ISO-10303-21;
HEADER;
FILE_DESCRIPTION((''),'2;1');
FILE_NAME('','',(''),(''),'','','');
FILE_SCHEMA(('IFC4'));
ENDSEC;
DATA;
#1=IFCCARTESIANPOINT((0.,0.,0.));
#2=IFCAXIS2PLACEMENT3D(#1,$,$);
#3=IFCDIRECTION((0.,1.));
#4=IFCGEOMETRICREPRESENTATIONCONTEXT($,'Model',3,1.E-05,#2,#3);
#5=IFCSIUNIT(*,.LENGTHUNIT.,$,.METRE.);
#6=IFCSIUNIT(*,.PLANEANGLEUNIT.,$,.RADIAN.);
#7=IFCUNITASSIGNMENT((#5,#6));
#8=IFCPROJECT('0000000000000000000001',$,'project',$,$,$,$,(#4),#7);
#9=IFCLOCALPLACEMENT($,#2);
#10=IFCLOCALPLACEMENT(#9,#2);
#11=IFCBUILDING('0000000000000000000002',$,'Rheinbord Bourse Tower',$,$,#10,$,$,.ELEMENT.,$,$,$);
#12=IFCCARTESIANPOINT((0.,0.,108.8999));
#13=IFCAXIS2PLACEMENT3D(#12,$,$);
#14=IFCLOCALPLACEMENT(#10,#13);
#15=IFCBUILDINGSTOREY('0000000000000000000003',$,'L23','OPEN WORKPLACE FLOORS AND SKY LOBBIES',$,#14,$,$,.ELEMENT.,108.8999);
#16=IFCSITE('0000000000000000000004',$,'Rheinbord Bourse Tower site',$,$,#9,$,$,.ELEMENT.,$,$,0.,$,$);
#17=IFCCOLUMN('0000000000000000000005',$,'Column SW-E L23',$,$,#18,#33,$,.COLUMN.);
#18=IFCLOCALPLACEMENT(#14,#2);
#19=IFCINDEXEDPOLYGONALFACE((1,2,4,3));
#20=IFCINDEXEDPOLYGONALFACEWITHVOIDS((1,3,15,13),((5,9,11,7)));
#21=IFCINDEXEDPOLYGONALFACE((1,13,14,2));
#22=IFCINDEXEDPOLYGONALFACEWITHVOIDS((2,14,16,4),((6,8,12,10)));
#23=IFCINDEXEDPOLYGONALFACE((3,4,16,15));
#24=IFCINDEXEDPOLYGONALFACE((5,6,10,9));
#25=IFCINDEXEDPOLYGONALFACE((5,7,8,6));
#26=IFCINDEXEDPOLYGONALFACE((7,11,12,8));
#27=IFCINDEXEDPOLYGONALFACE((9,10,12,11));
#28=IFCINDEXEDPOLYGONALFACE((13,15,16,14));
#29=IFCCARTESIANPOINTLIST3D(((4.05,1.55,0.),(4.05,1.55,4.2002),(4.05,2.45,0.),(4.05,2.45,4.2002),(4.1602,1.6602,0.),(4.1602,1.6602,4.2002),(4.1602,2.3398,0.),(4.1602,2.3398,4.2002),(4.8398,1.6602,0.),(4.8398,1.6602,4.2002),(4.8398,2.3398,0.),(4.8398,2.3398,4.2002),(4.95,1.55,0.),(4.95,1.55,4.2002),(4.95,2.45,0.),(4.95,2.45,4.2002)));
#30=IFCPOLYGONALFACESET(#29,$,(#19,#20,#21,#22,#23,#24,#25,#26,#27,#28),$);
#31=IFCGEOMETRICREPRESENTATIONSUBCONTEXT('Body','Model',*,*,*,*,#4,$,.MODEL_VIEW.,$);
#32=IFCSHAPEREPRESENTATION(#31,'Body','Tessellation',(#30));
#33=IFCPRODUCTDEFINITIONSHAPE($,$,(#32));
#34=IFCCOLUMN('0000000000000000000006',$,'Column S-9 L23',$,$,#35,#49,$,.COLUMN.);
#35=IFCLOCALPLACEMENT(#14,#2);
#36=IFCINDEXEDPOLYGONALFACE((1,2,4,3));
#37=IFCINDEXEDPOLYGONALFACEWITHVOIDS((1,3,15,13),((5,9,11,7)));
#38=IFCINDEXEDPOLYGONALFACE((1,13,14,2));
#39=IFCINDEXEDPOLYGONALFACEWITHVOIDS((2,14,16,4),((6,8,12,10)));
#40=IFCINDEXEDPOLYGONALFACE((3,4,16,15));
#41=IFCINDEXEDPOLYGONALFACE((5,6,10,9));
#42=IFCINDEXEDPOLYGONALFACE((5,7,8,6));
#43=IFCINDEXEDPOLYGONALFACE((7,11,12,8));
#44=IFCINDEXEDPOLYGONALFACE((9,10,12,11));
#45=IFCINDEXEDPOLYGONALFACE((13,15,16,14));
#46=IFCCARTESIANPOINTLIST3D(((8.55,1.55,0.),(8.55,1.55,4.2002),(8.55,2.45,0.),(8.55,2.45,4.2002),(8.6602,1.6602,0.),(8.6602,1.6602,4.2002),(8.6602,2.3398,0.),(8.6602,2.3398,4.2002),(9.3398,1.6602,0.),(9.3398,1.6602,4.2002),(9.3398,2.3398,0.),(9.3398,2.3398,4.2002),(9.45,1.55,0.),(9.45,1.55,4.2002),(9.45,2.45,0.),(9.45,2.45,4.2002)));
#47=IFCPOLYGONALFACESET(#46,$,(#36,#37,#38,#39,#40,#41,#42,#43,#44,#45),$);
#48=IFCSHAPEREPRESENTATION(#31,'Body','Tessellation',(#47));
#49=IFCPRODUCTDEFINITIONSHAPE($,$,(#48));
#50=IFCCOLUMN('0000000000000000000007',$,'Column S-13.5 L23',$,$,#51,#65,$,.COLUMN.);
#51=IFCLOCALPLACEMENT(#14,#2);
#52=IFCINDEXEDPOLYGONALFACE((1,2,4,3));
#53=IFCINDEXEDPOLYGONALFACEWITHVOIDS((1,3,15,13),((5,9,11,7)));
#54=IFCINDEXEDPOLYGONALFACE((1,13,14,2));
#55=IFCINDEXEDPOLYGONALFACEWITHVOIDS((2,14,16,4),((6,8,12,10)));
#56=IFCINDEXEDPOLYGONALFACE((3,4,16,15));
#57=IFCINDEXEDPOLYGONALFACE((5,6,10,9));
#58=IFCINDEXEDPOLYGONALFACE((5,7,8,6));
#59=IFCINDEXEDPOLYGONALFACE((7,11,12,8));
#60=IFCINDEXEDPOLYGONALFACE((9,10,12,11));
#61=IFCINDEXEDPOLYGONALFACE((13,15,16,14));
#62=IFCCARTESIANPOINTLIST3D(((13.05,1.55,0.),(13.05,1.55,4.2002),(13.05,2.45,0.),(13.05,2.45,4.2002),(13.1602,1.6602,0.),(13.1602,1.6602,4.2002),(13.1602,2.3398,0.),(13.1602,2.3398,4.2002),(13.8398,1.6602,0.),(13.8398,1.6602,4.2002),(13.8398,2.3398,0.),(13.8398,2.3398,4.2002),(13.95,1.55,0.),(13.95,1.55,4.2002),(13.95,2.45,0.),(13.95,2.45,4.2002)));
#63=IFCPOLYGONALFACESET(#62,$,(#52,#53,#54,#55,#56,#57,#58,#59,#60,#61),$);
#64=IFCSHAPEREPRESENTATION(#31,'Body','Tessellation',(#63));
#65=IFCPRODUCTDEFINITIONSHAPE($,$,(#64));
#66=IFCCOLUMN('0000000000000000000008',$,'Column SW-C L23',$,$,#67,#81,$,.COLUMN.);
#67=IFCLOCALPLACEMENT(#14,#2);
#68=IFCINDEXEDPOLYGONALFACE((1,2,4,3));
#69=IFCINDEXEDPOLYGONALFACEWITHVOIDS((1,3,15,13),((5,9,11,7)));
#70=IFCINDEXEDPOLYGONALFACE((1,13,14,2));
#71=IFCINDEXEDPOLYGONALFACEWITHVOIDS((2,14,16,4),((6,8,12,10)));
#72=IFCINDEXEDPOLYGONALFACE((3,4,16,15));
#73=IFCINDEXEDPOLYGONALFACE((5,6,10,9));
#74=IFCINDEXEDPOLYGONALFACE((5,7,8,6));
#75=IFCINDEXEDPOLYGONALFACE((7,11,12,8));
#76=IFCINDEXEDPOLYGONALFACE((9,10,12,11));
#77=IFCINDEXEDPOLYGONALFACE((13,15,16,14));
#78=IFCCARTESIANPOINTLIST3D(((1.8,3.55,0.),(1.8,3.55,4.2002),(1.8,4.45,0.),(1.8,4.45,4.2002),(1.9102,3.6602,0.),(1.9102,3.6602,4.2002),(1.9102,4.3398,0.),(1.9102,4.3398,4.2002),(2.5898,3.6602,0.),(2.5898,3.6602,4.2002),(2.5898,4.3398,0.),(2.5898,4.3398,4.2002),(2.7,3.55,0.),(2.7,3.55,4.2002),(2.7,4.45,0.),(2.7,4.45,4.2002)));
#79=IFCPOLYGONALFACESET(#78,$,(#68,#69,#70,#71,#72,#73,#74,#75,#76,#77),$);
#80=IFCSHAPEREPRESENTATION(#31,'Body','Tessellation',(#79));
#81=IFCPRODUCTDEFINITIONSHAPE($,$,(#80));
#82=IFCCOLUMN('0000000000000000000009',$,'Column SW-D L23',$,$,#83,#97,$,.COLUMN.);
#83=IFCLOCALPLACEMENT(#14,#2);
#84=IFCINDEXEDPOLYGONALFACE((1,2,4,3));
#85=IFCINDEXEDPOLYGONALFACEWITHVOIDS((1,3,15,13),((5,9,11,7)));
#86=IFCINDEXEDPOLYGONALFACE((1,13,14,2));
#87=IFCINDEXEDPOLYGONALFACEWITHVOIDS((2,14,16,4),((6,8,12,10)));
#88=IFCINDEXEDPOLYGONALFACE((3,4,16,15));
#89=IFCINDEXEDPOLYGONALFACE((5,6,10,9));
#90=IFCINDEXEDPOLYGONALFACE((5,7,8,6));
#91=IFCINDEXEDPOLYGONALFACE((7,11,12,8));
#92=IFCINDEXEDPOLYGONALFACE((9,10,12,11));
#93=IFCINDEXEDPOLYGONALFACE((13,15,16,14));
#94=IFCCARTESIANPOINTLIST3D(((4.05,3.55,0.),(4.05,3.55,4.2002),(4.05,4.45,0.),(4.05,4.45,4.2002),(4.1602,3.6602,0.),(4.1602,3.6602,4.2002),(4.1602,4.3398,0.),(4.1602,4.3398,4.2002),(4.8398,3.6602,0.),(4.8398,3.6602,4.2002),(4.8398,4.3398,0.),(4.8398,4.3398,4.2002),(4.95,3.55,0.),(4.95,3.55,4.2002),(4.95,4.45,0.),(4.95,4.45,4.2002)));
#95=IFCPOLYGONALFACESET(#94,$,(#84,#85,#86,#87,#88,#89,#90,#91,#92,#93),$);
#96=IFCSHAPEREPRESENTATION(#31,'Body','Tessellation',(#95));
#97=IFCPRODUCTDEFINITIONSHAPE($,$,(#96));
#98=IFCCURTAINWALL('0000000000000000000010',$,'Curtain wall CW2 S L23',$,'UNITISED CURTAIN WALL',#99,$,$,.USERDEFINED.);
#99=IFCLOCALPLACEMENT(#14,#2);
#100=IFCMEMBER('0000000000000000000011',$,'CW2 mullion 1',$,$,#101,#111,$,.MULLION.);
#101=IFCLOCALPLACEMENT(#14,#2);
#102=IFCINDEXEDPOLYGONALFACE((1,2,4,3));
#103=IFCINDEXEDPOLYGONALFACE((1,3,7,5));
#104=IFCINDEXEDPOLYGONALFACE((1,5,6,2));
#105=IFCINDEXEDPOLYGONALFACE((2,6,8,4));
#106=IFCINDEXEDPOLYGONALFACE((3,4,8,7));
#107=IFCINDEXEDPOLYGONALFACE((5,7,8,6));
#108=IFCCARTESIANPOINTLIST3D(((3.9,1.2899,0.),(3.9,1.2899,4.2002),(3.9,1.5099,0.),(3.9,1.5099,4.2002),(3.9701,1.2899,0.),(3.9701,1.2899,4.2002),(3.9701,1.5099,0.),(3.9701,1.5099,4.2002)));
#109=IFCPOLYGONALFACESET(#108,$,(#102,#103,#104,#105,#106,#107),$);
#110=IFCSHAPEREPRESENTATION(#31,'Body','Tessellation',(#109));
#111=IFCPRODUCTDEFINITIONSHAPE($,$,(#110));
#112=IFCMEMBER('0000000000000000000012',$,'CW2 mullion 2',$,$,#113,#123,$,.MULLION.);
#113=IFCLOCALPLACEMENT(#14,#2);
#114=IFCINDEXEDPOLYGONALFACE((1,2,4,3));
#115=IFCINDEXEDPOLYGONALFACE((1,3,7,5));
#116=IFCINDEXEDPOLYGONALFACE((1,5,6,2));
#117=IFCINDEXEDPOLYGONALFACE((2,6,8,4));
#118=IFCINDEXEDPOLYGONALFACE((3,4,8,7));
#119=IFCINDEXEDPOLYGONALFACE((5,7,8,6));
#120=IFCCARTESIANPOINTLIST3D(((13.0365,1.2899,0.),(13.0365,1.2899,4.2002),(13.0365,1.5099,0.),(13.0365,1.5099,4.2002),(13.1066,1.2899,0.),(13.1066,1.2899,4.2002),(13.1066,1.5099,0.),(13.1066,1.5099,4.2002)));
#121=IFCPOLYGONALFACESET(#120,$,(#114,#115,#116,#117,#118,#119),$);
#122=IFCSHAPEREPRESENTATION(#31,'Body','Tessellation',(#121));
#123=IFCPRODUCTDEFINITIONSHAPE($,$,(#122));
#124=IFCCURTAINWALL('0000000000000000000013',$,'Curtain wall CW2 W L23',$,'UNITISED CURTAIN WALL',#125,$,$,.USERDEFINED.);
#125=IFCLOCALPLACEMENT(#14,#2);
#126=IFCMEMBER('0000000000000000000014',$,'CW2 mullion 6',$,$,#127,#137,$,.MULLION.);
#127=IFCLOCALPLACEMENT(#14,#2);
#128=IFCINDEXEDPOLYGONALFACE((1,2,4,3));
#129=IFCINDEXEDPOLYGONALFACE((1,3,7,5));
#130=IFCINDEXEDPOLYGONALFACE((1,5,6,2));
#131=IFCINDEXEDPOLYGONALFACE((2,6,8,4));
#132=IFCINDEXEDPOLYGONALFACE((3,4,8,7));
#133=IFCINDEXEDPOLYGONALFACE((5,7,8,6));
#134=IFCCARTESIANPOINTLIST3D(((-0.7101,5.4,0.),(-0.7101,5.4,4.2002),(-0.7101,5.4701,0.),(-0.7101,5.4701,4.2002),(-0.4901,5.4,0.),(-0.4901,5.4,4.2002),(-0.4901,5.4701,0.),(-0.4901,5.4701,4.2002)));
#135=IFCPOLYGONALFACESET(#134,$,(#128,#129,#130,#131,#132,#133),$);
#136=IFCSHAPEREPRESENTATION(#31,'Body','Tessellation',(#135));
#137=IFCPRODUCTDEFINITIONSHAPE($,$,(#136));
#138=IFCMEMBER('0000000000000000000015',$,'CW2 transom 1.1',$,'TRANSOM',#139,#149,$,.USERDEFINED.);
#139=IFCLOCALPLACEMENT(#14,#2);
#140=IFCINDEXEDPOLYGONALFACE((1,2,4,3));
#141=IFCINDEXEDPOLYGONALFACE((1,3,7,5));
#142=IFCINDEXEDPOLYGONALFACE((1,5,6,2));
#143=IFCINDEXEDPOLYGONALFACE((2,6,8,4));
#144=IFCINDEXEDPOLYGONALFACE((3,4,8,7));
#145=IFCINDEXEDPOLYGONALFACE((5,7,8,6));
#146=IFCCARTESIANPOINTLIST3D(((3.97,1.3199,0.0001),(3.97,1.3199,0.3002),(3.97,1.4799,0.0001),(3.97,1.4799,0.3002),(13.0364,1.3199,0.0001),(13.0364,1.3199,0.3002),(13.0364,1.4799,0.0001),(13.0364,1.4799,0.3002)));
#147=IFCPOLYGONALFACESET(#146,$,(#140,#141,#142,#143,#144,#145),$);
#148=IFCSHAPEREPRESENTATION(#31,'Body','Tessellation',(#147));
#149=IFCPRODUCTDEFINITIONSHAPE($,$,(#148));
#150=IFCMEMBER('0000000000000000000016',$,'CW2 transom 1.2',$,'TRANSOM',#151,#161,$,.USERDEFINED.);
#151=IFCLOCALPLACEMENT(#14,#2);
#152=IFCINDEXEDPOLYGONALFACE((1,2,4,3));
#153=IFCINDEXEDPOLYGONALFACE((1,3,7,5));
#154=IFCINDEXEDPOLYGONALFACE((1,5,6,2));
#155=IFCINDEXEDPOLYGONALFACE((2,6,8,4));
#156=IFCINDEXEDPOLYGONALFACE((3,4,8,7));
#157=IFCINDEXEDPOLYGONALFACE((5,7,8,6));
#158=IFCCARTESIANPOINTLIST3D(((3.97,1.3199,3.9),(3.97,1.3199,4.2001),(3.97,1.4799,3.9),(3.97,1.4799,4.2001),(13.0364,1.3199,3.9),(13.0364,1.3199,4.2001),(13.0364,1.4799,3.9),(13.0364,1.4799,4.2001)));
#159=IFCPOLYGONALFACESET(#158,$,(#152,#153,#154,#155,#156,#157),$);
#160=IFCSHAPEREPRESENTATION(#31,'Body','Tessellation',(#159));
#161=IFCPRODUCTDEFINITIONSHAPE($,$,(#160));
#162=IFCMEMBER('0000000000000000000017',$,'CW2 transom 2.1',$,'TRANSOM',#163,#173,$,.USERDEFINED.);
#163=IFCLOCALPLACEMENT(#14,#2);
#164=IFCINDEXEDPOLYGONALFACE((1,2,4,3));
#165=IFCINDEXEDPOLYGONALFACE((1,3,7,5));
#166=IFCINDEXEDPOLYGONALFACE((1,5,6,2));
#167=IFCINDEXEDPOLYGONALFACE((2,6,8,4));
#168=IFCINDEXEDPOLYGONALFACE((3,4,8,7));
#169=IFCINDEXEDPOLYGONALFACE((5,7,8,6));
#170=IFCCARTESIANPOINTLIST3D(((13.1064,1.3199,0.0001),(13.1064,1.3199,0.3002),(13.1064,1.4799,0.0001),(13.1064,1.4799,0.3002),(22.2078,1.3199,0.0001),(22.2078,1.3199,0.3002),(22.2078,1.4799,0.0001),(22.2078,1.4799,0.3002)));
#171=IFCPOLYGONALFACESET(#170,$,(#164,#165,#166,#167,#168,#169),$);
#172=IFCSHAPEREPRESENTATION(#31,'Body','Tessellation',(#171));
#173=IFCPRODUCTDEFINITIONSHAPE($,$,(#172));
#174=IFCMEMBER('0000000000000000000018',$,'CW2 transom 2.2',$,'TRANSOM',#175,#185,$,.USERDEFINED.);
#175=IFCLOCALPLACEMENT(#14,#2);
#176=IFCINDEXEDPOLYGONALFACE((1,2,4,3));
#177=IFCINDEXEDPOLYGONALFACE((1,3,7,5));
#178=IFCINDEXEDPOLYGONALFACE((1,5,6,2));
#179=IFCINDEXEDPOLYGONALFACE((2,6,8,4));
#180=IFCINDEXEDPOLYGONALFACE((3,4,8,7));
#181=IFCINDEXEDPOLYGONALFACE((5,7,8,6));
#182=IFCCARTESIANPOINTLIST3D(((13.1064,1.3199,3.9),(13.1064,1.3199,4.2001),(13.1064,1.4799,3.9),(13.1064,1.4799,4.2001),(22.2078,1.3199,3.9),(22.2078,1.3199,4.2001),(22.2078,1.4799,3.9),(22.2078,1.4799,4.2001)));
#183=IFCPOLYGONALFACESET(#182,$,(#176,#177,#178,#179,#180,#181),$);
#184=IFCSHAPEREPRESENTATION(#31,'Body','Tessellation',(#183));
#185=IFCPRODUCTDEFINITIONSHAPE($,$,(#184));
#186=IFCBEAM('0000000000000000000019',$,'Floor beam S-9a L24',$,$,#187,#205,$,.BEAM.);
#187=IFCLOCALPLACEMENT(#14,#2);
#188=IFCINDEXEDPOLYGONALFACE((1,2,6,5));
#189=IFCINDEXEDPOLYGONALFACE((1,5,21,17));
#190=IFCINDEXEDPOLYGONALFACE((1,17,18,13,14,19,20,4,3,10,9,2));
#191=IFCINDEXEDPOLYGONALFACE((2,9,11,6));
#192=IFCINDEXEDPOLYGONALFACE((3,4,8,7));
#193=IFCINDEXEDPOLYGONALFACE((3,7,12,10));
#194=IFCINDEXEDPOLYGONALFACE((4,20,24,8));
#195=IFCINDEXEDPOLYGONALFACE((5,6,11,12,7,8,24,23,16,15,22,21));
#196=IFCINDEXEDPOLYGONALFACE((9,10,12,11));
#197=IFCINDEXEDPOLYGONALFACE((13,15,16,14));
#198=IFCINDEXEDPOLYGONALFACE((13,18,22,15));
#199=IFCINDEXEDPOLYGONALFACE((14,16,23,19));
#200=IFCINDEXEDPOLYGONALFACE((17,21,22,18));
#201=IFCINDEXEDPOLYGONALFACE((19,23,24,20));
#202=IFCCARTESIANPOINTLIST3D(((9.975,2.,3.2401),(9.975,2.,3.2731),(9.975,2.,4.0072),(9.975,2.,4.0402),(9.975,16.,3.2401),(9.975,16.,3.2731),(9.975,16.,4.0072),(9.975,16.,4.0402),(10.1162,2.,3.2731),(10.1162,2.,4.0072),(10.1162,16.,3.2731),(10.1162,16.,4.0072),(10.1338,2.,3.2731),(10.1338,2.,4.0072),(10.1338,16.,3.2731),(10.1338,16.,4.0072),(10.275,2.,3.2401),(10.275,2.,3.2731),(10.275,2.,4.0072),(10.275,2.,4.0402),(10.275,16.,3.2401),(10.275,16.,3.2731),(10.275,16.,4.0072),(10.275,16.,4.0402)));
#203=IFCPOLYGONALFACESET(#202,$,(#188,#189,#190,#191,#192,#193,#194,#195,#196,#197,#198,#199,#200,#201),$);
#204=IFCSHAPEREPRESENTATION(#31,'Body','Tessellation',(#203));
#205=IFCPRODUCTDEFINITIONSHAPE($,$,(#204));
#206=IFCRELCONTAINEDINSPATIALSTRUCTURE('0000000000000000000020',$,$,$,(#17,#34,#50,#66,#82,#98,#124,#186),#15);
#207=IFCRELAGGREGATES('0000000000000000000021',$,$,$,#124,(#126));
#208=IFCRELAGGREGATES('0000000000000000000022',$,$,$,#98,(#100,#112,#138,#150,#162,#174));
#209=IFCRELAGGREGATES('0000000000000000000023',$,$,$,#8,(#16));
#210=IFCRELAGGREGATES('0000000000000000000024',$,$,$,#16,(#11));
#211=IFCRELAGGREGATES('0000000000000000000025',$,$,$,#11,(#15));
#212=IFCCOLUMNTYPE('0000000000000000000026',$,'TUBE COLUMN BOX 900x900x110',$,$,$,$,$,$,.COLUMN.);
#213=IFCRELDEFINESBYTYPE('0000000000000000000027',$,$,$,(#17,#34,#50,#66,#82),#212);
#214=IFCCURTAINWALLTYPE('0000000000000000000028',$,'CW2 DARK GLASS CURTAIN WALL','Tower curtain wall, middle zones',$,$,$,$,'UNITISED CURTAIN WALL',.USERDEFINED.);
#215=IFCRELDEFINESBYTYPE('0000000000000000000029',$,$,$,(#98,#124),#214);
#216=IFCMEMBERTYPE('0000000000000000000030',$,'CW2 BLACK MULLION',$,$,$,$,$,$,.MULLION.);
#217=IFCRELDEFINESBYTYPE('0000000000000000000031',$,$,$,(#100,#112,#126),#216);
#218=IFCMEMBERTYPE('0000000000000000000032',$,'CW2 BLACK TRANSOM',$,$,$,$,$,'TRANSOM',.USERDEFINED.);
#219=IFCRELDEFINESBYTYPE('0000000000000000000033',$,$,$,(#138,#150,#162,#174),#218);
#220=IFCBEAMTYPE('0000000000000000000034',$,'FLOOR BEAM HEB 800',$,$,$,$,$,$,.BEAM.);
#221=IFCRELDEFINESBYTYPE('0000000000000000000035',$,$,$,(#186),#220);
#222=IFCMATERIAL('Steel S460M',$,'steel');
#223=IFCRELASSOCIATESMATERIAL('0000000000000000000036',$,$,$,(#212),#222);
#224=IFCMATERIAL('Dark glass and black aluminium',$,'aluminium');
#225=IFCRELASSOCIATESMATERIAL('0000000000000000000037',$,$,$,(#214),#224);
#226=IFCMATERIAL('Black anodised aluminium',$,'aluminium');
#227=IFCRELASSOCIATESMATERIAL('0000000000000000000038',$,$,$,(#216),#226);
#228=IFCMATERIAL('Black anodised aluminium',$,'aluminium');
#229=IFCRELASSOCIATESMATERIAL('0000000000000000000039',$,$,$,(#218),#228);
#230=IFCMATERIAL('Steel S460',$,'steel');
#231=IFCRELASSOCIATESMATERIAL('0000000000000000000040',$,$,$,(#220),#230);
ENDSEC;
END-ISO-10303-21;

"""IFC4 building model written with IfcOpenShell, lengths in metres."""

from ifc_helpers import new_model, si_unit, direction, frame, origin, origin_2d, place, context, subcontext, project, spatial, rectangle, hollow_rectangle, i_section, extrude, material, material_profile, profile_set, type_object, element, aggregate, save


model = new_model("IFC4")

# Units and contexts
model_context = context("Model", 3, precision=1e-05, world=origin(), true_north=direction((0.0, 1.0)))
body_context = subcontext(model_context, "Body", "Model", "MODEL_VIEW")
ifc_project = project(units=[si_unit("LENGTHUNIT", "METRE"), si_unit("PLANEANGLEUNIT", "RADIAN")], contexts=[model_context])

# Site, building, storey
site_placement = place(None, origin())
site = spatial("IfcSite", under=ifc_project, at=site_placement, Name="Rheinbord Bourse Tower site", CompositionType="ELEMENT", RefElevation=0.0)
building_placement = place(site_placement, origin())
building = spatial("IfcBuilding", under=site, at=building_placement, Name="Rheinbord Bourse Tower", CompositionType="ELEMENT")
storey_placement = place(building_placement, frame((0.0, 0.0, 108.8999)))
storey = spatial("IfcBuildingStorey", under=building, at=storey_placement, Name="L23", Description="OPEN WORKPLACE FLOORS AND SKY LOBBIES", CompositionType="ELEMENT", Elevation=108.8999)

# Columns
ifc_material_1 = material(Name="Steel S460M", Category="steel")
ifc_material_profile_1 = material_profile(ifc_material_1, hollow_rectangle(XDim=0.8999, YDim=0.8999, WallThickness=0.1101, at=origin_2d()), Name="BOX 900x900x110")
ifc_profile_set_1 = profile_set([ifc_material_profile_1], Name="Steel S460M")
column_type = type_object("IfcColumnType", Name="TUBE COLUMN BOX 900x900x110", PredefinedType="COLUMN", material=ifc_profile_set_1)
for number, where, z_axis, x_axis, name in (
    (1, (4.5, 2.0, 0.0), (0.0, 0.0, 1.0), (0.0, 1.0, 0.0), "Column SW-E L23"),
    (2, (9.0, 2.0, 0.0), (0.0, 0.0, 1.0), (0.0, 1.0, 0.0), "Column S-9 L23"),
    (3, (13.5, 2.0, 0.0), (0.0, 0.0, 1.0), (0.0, 1.0, 0.0), "Column S-13.5 L23"),
    (4, (2.25, 4.0, 0.0), (0.0, 0.0, 1.0), (1.0, 0.0, 0.0), "Column SW-C L23"),
    (5, (4.5, 4.0, 0.0), (0.0, 0.0, 1.0), (0.0, 1.0, 0.0), "Column SW-D L23"),
):
    element("IfcColumn", number, at=place(storey_placement, frame(where, z_axis=z_axis, x_axis=x_axis)), inside=storey, type_object=column_type, Name=name, PredefinedType="COLUMN", context=body_context, shape_type="SweptSolid", body=[
        extrude(hollow_rectangle(XDim=0.8999, YDim=0.8999, WallThickness=0.1101, at=origin_2d()), origin(), (0.0, 0.0, 1.0), 4.2002),
    ])

# Curtain wall, members
ifc_material_2 = material(Name="Dark glass and black aluminium", Category="aluminium")
curtain_wall_type = type_object("IfcCurtainWallType", Name="CW2 DARK GLASS CURTAIN WALL", Description="Tower curtain wall, middle zones", ElementType="UNITISED CURTAIN WALL", PredefinedType="USERDEFINED", material=ifc_material_2)
curtain_wall_1_placement = place(storey_placement, origin())
curtain_wall_1 = element("IfcCurtainWall", 6, at=curtain_wall_1_placement, inside=storey, type_object=curtain_wall_type, Name="Curtain wall CW2 S L23", ObjectType="UNITISED CURTAIN WALL", PredefinedType="USERDEFINED")
ifc_material_3 = material(Name="Black anodised aluminium", Category="aluminium")
ifc_material_profile_2 = material_profile(ifc_material_3, rectangle(XDim=0.22, YDim=0.0701, at=origin_2d()), Name="CW2 MULLION 70x220")
ifc_profile_set_2 = profile_set([ifc_material_profile_2], Name="Black anodised aluminium")
member_type_1 = type_object("IfcMemberType", Name="CW2 BLACK MULLION", PredefinedType="MULLION", material=ifc_profile_set_2)
member_1_placement = place(storey_placement, frame((3.9351, 1.3999, 0.0), z_axis=(0.0, 0.0, 1.0), x_axis=(0.0, 1.0, 0.0)))
member_1 = element("IfcMember", 7, at=member_1_placement, type_object=member_type_1, Name="CW2 mullion 1", PredefinedType="MULLION", context=body_context, shape_type="SweptSolid", body=[
    extrude(rectangle(XDim=0.22, YDim=0.0701, at=origin_2d()), origin(), (0.0, 0.0, 1.0), 4.2002),
])
member_2_placement = place(storey_placement, frame((13.0715, 1.3999, 0.0), z_axis=(0.0, 0.0, 1.0), x_axis=(0.0, 1.0, 0.0)))
member_2 = element("IfcMember", 8, at=member_2_placement, type_object=member_type_1, Name="CW2 mullion 2", PredefinedType="MULLION", context=body_context, shape_type="SweptSolid", body=[
    extrude(rectangle(XDim=0.22, YDim=0.0701, at=origin_2d()), origin(), (0.0, 0.0, 1.0), 4.2002),
])

# Curtain wall, member
curtain_wall_2_placement = place(storey_placement, origin())
curtain_wall_2 = element("IfcCurtainWall", 9, at=curtain_wall_2_placement, inside=storey, type_object=curtain_wall_type, Name="Curtain wall CW2 W L23", ObjectType="UNITISED CURTAIN WALL", PredefinedType="USERDEFINED")
member_3_placement = place(storey_placement, frame((-0.6001, 5.4351, 0.0), z_axis=(0.0, 0.0, 1.0), x_axis=(1.0, 0.0, 0.0)))
member_3 = element("IfcMember", 10, at=member_3_placement, type_object=member_type_1, Name="CW2 mullion 6", PredefinedType="MULLION", context=body_context, shape_type="SweptSolid", body=[
    extrude(rectangle(XDim=0.22, YDim=0.0701, at=origin_2d()), origin(), (0.0, 0.0, 1.0), 4.2002),
])
aggregate(curtain_wall_2, [member_3])

# Members
ifc_material_4 = material(Name="Black anodised aluminium", Category="aluminium")
ifc_material_profile_3 = material_profile(ifc_material_4, rectangle(XDim=0.1599, YDim=0.3, at=origin_2d()), Name="CW2 TRANSOM 300x160")
ifc_profile_set_3 = profile_set([ifc_material_profile_3], Name="Black anodised aluminium")
member_type_2 = type_object("IfcMemberType", Name="CW2 BLACK TRANSOM", ElementType="TRANSOM", PredefinedType="USERDEFINED", material=ifc_profile_set_3)
member_4_placement = place(storey_placement, frame((3.97, 1.3999, 0.1501), z_axis=(1.0, 0.0, 0.0), x_axis=(0.0, 1.0, 0.0)))
member_4 = element("IfcMember", 11, at=member_4_placement, type_object=member_type_2, Name="CW2 transom 1.1", ObjectType="TRANSOM", PredefinedType="USERDEFINED", context=body_context, shape_type="SweptSolid", body=[
    extrude(rectangle(XDim=0.1599, YDim=0.3, at=origin_2d()), origin(), (0.0, 0.0, 1.0), 9.0664),
])
member_5_placement = place(storey_placement, frame((3.97, 1.3999, 4.05), z_axis=(1.0, 0.0, 0.0), x_axis=(0.0, 1.0, 0.0)))
member_5 = element("IfcMember", 12, at=member_5_placement, type_object=member_type_2, Name="CW2 transom 1.2", ObjectType="TRANSOM", PredefinedType="USERDEFINED", context=body_context, shape_type="SweptSolid", body=[
    extrude(rectangle(XDim=0.1599, YDim=0.3, at=origin_2d()), origin(), (0.0, 0.0, 1.0), 9.0664),
])
member_6_placement = place(storey_placement, frame((13.1064, 1.3999, 0.1501), z_axis=(1.0, 0.0, 0.0), x_axis=(0.0, 1.0, 0.0)))
member_6 = element("IfcMember", 13, at=member_6_placement, type_object=member_type_2, Name="CW2 transom 2.1", ObjectType="TRANSOM", PredefinedType="USERDEFINED", context=body_context, shape_type="SweptSolid", body=[
    extrude(rectangle(XDim=0.1599, YDim=0.3, at=origin_2d()), origin(), (0.0, 0.0, 1.0), 9.1013),
])
member_7_placement = place(storey_placement, frame((13.1064, 1.3999, 4.05), z_axis=(1.0, 0.0, 0.0), x_axis=(0.0, 1.0, 0.0)))
member_7 = element("IfcMember", 14, at=member_7_placement, type_object=member_type_2, Name="CW2 transom 2.2", ObjectType="TRANSOM", PredefinedType="USERDEFINED", context=body_context, shape_type="SweptSolid", body=[
    extrude(rectangle(XDim=0.1599, YDim=0.3, at=origin_2d()), origin(), (0.0, 0.0, 1.0), 9.1013),
])

# Beam
ifc_material_5 = material(Name="Steel S460", Category="steel")
ifc_material_profile_4 = material_profile(ifc_material_5, i_section(OverallWidth=0.3, OverallDepth=0.8, WebThickness=0.0176, FlangeThickness=0.033, at=origin_2d()), Name="HEB 800")
ifc_profile_set_4 = profile_set([ifc_material_profile_4], Name="Steel S460")
beam_type_1 = type_object("IfcBeamType", Name="FLOOR BEAM HEB 800", PredefinedType="BEAM", material=ifc_profile_set_4)
for number, where, z_axis, x_axis, name in (
    (15, (10.125, 2.0, 3.6401), (0.0, 1.0, 0.0), (-1.0, 0.0, 0.0), "Floor beam S-9a L24"),
):
    element("IfcBeam", number, at=place(storey_placement, frame(where, z_axis=z_axis, x_axis=x_axis)), inside=storey, type_object=beam_type_1, Name=name, PredefinedType="BEAM", context=body_context, shape_type="SweptSolid", body=[
        extrude(i_section(OverallWidth=0.3, OverallDepth=0.8, WebThickness=0.0176, FlangeThickness=0.033, at=origin_2d()), origin(), (0.0, 0.0, 1.0), 14.0),
    ])

aggregate(curtain_wall_1, [member_1, member_2, member_4, member_5, member_6, member_7])

save(model, "model.ifc")
